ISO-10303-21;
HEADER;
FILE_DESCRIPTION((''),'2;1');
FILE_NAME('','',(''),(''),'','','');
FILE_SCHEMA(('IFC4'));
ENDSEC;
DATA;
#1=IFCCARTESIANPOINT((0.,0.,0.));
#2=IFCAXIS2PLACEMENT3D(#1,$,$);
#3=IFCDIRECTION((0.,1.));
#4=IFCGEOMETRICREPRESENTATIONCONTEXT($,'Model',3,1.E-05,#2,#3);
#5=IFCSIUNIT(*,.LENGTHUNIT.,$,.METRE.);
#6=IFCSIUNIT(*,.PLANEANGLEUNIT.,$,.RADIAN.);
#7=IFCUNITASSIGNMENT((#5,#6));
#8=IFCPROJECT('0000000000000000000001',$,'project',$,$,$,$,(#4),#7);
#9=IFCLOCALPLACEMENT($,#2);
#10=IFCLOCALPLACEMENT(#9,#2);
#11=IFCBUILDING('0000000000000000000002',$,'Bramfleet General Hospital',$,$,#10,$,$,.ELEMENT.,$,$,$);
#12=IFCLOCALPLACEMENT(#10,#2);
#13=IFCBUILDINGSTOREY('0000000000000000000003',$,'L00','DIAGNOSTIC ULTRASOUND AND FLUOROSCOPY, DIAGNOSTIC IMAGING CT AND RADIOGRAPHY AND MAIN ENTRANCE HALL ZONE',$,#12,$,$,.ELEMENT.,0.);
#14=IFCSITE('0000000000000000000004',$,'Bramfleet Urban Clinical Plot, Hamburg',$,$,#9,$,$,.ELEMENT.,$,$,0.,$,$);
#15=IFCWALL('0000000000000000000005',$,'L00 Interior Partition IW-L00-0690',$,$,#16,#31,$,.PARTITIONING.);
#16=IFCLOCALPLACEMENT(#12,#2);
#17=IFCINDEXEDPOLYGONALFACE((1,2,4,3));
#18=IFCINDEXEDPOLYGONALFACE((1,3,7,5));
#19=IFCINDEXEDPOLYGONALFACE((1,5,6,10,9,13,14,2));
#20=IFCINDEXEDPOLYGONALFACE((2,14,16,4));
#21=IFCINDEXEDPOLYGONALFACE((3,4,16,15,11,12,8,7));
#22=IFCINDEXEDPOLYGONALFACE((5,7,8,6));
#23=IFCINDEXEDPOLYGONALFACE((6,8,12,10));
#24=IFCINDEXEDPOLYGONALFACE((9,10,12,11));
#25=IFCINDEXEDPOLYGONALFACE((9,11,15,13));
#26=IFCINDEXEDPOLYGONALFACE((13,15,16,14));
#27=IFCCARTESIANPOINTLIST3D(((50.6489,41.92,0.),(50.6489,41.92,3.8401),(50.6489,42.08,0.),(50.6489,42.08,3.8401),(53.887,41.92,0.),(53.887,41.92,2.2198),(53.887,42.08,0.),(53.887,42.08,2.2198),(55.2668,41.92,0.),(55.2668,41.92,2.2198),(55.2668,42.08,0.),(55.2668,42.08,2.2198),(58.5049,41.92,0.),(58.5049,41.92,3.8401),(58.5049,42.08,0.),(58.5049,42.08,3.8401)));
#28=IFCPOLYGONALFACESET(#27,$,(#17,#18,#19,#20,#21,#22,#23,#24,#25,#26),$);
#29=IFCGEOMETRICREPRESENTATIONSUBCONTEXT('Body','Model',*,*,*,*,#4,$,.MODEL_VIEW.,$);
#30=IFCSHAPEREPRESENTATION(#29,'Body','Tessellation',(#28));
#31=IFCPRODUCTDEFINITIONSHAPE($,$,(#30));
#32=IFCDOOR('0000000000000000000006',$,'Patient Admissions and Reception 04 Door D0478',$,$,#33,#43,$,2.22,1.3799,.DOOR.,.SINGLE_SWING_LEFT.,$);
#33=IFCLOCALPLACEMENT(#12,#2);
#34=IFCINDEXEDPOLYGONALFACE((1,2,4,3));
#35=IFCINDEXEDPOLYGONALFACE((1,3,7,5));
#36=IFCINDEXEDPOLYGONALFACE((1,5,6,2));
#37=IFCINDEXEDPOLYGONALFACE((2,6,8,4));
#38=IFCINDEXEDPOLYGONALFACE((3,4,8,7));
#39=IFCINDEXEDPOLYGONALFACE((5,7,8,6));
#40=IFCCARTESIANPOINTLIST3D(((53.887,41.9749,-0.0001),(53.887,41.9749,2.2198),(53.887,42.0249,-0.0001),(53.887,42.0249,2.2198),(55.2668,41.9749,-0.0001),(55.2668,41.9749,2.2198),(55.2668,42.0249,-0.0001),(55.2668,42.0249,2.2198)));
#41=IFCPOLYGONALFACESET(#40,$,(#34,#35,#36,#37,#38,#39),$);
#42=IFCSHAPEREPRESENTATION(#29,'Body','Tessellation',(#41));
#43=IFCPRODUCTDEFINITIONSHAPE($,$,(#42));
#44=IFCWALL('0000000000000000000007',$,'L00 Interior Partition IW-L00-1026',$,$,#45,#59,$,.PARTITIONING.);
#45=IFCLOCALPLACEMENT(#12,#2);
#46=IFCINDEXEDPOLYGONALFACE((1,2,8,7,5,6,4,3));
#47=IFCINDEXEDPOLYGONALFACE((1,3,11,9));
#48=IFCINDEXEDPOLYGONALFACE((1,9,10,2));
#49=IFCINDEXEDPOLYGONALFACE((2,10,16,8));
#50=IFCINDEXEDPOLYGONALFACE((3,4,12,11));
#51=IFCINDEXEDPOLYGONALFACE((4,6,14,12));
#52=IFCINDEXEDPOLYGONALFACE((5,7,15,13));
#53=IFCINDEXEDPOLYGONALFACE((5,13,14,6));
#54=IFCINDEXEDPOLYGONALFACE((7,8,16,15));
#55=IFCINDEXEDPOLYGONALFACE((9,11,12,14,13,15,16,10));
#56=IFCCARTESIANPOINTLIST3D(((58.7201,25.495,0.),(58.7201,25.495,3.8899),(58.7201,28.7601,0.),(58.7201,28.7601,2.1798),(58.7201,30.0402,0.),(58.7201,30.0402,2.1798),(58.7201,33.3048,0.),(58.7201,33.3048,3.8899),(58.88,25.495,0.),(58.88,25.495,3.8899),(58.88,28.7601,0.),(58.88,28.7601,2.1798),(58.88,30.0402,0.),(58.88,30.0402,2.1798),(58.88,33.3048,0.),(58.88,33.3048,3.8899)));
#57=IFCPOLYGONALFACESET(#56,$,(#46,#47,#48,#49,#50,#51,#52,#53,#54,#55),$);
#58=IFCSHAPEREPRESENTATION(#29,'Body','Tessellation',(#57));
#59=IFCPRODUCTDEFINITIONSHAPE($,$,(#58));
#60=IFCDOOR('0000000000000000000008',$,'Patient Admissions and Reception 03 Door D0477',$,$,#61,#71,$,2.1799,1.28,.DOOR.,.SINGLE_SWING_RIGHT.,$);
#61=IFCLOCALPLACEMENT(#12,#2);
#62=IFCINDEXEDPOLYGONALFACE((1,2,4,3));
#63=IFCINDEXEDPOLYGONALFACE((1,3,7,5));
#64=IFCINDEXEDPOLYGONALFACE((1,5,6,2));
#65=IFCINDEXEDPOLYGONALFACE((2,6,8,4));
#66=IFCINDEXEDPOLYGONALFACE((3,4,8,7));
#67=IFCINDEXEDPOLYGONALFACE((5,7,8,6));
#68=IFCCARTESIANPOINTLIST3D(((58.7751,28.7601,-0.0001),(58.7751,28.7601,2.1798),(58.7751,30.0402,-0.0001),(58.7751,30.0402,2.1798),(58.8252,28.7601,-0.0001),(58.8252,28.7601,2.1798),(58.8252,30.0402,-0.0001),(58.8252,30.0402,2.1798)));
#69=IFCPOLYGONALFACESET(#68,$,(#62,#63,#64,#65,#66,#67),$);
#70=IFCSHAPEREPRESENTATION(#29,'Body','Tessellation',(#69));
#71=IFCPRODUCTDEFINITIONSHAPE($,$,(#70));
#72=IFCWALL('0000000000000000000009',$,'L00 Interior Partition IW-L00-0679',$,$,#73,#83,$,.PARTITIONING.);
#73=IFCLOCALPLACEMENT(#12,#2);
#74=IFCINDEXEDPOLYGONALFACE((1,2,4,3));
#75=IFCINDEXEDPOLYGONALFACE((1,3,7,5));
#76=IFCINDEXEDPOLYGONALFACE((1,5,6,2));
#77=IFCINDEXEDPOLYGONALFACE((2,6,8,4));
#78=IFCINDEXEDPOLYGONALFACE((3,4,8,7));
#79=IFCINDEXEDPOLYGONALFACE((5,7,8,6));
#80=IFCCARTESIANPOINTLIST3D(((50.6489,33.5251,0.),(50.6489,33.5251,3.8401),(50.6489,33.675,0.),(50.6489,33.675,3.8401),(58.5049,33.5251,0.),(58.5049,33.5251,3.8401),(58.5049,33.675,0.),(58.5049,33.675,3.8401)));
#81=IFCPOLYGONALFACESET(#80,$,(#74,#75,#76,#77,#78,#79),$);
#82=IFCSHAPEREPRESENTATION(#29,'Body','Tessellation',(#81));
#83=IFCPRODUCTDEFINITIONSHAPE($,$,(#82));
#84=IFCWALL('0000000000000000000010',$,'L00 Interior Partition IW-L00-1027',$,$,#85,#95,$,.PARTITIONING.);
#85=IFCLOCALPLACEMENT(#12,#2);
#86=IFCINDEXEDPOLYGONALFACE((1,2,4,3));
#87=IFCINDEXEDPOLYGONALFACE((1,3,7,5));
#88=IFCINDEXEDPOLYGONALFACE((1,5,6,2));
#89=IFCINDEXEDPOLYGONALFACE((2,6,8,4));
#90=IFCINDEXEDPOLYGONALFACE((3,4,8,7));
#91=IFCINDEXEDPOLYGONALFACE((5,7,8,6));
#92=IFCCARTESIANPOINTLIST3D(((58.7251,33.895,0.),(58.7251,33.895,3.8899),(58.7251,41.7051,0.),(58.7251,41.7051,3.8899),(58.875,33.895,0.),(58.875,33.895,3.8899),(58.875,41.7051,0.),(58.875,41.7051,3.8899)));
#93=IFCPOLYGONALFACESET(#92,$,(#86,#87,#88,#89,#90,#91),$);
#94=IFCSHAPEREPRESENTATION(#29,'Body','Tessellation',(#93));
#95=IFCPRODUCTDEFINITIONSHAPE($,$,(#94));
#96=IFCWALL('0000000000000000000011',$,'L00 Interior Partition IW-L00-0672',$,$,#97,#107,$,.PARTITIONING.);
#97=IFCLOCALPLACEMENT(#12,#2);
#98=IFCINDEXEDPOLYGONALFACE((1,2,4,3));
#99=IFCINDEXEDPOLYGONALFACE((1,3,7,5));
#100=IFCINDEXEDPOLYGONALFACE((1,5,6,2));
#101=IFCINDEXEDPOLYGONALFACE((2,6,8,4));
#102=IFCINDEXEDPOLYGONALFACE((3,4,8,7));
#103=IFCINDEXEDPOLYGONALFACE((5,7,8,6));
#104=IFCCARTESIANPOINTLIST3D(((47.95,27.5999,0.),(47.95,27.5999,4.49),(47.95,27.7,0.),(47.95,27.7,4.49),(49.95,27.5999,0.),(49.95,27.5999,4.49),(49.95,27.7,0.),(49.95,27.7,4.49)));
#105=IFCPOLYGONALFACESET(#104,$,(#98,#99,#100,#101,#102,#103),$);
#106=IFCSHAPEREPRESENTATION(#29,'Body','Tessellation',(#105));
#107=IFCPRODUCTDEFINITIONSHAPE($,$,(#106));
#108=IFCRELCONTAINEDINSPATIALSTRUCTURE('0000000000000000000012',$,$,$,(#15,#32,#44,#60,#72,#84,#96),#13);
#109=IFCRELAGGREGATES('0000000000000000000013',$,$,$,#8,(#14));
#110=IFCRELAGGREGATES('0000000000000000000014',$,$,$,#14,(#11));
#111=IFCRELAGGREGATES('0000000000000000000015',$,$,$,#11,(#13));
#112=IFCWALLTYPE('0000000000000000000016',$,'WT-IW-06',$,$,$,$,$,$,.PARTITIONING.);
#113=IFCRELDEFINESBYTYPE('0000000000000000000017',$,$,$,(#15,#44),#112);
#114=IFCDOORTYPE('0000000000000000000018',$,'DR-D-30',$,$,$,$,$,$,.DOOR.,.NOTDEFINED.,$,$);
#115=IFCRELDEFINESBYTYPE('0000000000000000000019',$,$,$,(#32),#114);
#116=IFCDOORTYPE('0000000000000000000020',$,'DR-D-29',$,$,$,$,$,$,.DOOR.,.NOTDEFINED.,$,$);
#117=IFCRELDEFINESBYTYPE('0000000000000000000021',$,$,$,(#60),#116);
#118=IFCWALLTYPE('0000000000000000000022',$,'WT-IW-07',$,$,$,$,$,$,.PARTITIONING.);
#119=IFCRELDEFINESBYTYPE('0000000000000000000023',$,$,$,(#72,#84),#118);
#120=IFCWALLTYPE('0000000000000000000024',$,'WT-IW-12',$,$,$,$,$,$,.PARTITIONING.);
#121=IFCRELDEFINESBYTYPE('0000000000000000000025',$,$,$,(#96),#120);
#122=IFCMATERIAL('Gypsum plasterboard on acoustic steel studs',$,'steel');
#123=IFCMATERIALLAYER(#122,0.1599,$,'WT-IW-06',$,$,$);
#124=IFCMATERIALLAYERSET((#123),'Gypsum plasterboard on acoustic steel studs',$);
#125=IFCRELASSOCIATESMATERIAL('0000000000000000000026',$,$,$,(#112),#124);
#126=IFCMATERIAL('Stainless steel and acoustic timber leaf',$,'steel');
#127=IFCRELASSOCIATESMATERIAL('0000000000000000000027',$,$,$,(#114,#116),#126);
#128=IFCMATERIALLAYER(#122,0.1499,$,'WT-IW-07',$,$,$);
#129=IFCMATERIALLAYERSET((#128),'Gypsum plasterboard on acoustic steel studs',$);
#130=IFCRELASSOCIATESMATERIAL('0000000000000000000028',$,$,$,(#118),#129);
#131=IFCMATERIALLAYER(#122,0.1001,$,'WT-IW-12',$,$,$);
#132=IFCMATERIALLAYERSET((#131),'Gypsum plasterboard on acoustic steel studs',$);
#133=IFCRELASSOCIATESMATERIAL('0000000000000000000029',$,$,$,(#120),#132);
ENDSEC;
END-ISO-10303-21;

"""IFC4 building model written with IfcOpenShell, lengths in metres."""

from ifc_helpers import new_model, si_unit, direction, frame, frame_2d, origin, place, context, subcontext, project, spatial, rectangle, extrude, material, layer, layer_set, type_object, element, fill, save


model = new_model("IFC4")

# Units and contexts
model_context = context("Model", 3, precision=1e-05, world=origin(), true_north=direction((0.0, 1.0)))
body_context = subcontext(model_context, "Body", "Model", "MODEL_VIEW")
ifc_project = project(units=[si_unit("LENGTHUNIT", "METRE"), si_unit("PLANEANGLEUNIT", "RADIAN")], contexts=[model_context])

# Site, building, storey
site_placement = place(None, origin())
site = spatial("IfcSite", under=ifc_project, at=site_placement, Name="Bramfleet Urban Clinical Plot, Hamburg", CompositionType="ELEMENT", RefElevation=0.0)
building_placement = place(site_placement, origin())
building = spatial("IfcBuilding", under=site, at=building_placement, Name="Bramfleet General Hospital", CompositionType="ELEMENT")
storey_placement = place(building_placement, origin())
storey = spatial("IfcBuildingStorey", under=building, at=storey_placement, Name="L00", Description="DIAGNOSTIC ULTRASOUND AND FLUOROSCOPY, DIAGNOSTIC IMAGING CT AND RADIOGRAPHY AND MAIN ENTRANCE HALL ZONE", CompositionType="ELEMENT", Elevation=0.0)

# Shared definitions
ifc_material_1 = material(Name="Gypsum plasterboard on acoustic steel studs", Category="steel")

# Walls, openings, doors
ifc_layer_1 = layer(ifc_material_1, 0.1599, Name="WT-IW-06")
ifc_layer_set_1 = layer_set([ifc_layer_1], Name="Gypsum plasterboard on acoustic steel studs")
wall_type_1 = type_object("IfcWallType", Name="WT-IW-06", PredefinedType="PARTITIONING", material=ifc_layer_set_1)
wall_1_placement = place(storey_placement, frame((50.6489, 42.0, 0.0), z_axis=(0.0, 0.0, 1.0), x_axis=(1.0, 0.0, 0.0)))
wall_1 = element("IfcWall", 1, at=wall_1_placement, inside=storey, type_object=wall_type_1, Name="L00 Interior Partition IW-L00-0690", PredefinedType="PARTITIONING", context=body_context, shape_type="SweptSolid", body=[
    extrude(rectangle(XDim=7.856, YDim=0.1599, at=frame_2d((3.928, 0.0))), origin(), (0.0, 0.0, 1.0), 3.8401),
])
opening_1_placement = place(wall_1_placement, frame((3.238, 0.0, 0.0)))
opening_1 = element("IfcOpeningElement", 2, at=opening_1_placement, cuts=wall_1, PredefinedType="OPENING", context=body_context, shape_type="SweptSolid", body=[
    extrude(rectangle(XDim=1.3799, YDim=2.22, at=frame_2d((0.6899, 1.1099))), frame((0.0, 0.0898, 0.0), z_axis=(0.0, -1.0, 0.0), x_axis=(1.0, 0.0, 0.0)), (0.0, 0.0, 1.0), 0.1799),
])
ifc_material_2 = material(Name="Stainless steel and acoustic timber leaf", Category="steel")
door_type_1 = type_object("IfcDoorType", Name="DR-D-30", OperationType="NOTDEFINED", PredefinedType="DOOR", material=ifc_material_2)
door_1_placement = place(opening_1_placement, origin())
door_1 = element("IfcDoor", 3, at=door_1_placement, inside=storey, type_object=door_type_1, Name="Patient Admissions and Reception 04 Door D0478", OperationType="SINGLE_SWING_LEFT", OverallHeight=2.22, OverallWidth=1.3799, PredefinedType="DOOR", context=body_context, shape_type="SweptSolid", body=[
    extrude(rectangle(XDim=1.3799, YDim=2.22, at=frame_2d((0.6899, 1.1099))), frame((0.0, 0.0249, 0.0), z_axis=(0.0, -1.0, 0.0), x_axis=(1.0, 0.0, 0.0)), (0.0, 0.0, 1.0), 0.05),
])
fill(opening_1, door_1)
wall_2_placement = place(storey_placement, frame((58.8, 25.4951, 0.0), z_axis=(0.0, 0.0, 1.0), x_axis=(0.0, 1.0, 0.0)))
wall_2 = element("IfcWall", 4, at=wall_2_placement, inside=storey, type_object=wall_type_1, Name="L00 Interior Partition IW-L00-1026", PredefinedType="PARTITIONING", context=body_context, shape_type="SweptSolid", body=[
    extrude(rectangle(XDim=7.8098, YDim=0.1599, at=frame_2d((3.9048, 0.0))), origin(), (0.0, 0.0, 1.0), 3.8899),
])
opening_2_placement = place(wall_2_placement, frame((3.2649, 0.0, 0.0)))
opening_2 = element("IfcOpeningElement", 5, at=opening_2_placement, cuts=wall_2, PredefinedType="OPENING", context=body_context, shape_type="SweptSolid", body=[
    extrude(rectangle(XDim=1.28, YDim=2.1799, at=frame_2d((0.6401, 1.0898))), frame((0.0, 0.0898, 0.0), z_axis=(0.0, -1.0, 0.0), x_axis=(1.0, 0.0, 0.0)), (0.0, 0.0, 1.0), 0.1799),
])
door_type_2 = type_object("IfcDoorType", Name="DR-D-29", OperationType="NOTDEFINED", PredefinedType="DOOR", material=ifc_material_2)
door_2_placement = place(opening_2_placement, origin())
door_2 = element("IfcDoor", 6, at=door_2_placement, inside=storey, type_object=door_type_2, Name="Patient Admissions and Reception 03 Door D0477", OperationType="SINGLE_SWING_RIGHT", OverallHeight=2.1799, OverallWidth=1.28, PredefinedType="DOOR", context=body_context, shape_type="SweptSolid", body=[
    extrude(rectangle(XDim=1.28, YDim=2.1799, at=frame_2d((0.6401, 1.0898))), frame((0.0, 0.0249, 0.0), z_axis=(0.0, -1.0, 0.0), x_axis=(1.0, 0.0, 0.0)), (0.0, 0.0, 1.0), 0.05),
])
fill(opening_2, door_2)

# Walls
ifc_layer_2 = layer(ifc_material_1, 0.1499, Name="WT-IW-07")
ifc_layer_set_2 = layer_set([ifc_layer_2], Name="Gypsum plasterboard on acoustic steel studs")
wall_type_2 = type_object("IfcWallType", Name="WT-IW-07", PredefinedType="PARTITIONING", material=ifc_layer_set_2)
wall_3_placement = place(storey_placement, frame((50.6489, 33.6001, 0.0), z_axis=(0.0, 0.0, 1.0), x_axis=(1.0, 0.0, 0.0)))
element("IfcWall", 7, at=wall_3_placement, inside=storey, type_object=wall_type_2, Name="L00 Interior Partition IW-L00-0679", PredefinedType="PARTITIONING", context=body_context, shape_type="SweptSolid", body=[
    extrude(rectangle(XDim=7.856, YDim=0.1499, at=frame_2d((3.928, 0.0))), origin(), (0.0, 0.0, 1.0), 3.8401),
])
wall_4_placement = place(storey_placement, frame((58.8, 33.895, 0.0), z_axis=(0.0, 0.0, 1.0), x_axis=(0.0, 1.0, 0.0)))
element("IfcWall", 8, at=wall_4_placement, inside=storey, type_object=wall_type_2, Name="L00 Interior Partition IW-L00-1027", PredefinedType="PARTITIONING", context=body_context, shape_type="SweptSolid", body=[
    extrude(rectangle(XDim=7.8101, YDim=0.1499, at=frame_2d((3.905, 0.0))), origin(), (0.0, 0.0, 1.0), 3.8899),
])
ifc_layer_3 = layer(ifc_material_1, 0.1001, Name="WT-IW-12")
ifc_layer_set_3 = layer_set([ifc_layer_3], Name="Gypsum plasterboard on acoustic steel studs")
wall_type_3 = type_object("IfcWallType", Name="WT-IW-12", PredefinedType="PARTITIONING", material=ifc_layer_set_3)
wall_5_placement = place(storey_placement, frame((47.95, 27.6499, 0.0), z_axis=(0.0, 0.0, 1.0), x_axis=(1.0, 0.0, 0.0)))
element("IfcWall", 9, at=wall_5_placement, inside=storey, type_object=wall_type_3, Name="L00 Interior Partition IW-L00-0672", PredefinedType="PARTITIONING", context=body_context, shape_type="SweptSolid", body=[
    extrude(rectangle(XDim=2.0, YDim=0.1001, at=frame_2d((1.0, 0.0))), origin(), (0.0, 0.0, 1.0), 4.49),
])

save(model, "model.ifc")
